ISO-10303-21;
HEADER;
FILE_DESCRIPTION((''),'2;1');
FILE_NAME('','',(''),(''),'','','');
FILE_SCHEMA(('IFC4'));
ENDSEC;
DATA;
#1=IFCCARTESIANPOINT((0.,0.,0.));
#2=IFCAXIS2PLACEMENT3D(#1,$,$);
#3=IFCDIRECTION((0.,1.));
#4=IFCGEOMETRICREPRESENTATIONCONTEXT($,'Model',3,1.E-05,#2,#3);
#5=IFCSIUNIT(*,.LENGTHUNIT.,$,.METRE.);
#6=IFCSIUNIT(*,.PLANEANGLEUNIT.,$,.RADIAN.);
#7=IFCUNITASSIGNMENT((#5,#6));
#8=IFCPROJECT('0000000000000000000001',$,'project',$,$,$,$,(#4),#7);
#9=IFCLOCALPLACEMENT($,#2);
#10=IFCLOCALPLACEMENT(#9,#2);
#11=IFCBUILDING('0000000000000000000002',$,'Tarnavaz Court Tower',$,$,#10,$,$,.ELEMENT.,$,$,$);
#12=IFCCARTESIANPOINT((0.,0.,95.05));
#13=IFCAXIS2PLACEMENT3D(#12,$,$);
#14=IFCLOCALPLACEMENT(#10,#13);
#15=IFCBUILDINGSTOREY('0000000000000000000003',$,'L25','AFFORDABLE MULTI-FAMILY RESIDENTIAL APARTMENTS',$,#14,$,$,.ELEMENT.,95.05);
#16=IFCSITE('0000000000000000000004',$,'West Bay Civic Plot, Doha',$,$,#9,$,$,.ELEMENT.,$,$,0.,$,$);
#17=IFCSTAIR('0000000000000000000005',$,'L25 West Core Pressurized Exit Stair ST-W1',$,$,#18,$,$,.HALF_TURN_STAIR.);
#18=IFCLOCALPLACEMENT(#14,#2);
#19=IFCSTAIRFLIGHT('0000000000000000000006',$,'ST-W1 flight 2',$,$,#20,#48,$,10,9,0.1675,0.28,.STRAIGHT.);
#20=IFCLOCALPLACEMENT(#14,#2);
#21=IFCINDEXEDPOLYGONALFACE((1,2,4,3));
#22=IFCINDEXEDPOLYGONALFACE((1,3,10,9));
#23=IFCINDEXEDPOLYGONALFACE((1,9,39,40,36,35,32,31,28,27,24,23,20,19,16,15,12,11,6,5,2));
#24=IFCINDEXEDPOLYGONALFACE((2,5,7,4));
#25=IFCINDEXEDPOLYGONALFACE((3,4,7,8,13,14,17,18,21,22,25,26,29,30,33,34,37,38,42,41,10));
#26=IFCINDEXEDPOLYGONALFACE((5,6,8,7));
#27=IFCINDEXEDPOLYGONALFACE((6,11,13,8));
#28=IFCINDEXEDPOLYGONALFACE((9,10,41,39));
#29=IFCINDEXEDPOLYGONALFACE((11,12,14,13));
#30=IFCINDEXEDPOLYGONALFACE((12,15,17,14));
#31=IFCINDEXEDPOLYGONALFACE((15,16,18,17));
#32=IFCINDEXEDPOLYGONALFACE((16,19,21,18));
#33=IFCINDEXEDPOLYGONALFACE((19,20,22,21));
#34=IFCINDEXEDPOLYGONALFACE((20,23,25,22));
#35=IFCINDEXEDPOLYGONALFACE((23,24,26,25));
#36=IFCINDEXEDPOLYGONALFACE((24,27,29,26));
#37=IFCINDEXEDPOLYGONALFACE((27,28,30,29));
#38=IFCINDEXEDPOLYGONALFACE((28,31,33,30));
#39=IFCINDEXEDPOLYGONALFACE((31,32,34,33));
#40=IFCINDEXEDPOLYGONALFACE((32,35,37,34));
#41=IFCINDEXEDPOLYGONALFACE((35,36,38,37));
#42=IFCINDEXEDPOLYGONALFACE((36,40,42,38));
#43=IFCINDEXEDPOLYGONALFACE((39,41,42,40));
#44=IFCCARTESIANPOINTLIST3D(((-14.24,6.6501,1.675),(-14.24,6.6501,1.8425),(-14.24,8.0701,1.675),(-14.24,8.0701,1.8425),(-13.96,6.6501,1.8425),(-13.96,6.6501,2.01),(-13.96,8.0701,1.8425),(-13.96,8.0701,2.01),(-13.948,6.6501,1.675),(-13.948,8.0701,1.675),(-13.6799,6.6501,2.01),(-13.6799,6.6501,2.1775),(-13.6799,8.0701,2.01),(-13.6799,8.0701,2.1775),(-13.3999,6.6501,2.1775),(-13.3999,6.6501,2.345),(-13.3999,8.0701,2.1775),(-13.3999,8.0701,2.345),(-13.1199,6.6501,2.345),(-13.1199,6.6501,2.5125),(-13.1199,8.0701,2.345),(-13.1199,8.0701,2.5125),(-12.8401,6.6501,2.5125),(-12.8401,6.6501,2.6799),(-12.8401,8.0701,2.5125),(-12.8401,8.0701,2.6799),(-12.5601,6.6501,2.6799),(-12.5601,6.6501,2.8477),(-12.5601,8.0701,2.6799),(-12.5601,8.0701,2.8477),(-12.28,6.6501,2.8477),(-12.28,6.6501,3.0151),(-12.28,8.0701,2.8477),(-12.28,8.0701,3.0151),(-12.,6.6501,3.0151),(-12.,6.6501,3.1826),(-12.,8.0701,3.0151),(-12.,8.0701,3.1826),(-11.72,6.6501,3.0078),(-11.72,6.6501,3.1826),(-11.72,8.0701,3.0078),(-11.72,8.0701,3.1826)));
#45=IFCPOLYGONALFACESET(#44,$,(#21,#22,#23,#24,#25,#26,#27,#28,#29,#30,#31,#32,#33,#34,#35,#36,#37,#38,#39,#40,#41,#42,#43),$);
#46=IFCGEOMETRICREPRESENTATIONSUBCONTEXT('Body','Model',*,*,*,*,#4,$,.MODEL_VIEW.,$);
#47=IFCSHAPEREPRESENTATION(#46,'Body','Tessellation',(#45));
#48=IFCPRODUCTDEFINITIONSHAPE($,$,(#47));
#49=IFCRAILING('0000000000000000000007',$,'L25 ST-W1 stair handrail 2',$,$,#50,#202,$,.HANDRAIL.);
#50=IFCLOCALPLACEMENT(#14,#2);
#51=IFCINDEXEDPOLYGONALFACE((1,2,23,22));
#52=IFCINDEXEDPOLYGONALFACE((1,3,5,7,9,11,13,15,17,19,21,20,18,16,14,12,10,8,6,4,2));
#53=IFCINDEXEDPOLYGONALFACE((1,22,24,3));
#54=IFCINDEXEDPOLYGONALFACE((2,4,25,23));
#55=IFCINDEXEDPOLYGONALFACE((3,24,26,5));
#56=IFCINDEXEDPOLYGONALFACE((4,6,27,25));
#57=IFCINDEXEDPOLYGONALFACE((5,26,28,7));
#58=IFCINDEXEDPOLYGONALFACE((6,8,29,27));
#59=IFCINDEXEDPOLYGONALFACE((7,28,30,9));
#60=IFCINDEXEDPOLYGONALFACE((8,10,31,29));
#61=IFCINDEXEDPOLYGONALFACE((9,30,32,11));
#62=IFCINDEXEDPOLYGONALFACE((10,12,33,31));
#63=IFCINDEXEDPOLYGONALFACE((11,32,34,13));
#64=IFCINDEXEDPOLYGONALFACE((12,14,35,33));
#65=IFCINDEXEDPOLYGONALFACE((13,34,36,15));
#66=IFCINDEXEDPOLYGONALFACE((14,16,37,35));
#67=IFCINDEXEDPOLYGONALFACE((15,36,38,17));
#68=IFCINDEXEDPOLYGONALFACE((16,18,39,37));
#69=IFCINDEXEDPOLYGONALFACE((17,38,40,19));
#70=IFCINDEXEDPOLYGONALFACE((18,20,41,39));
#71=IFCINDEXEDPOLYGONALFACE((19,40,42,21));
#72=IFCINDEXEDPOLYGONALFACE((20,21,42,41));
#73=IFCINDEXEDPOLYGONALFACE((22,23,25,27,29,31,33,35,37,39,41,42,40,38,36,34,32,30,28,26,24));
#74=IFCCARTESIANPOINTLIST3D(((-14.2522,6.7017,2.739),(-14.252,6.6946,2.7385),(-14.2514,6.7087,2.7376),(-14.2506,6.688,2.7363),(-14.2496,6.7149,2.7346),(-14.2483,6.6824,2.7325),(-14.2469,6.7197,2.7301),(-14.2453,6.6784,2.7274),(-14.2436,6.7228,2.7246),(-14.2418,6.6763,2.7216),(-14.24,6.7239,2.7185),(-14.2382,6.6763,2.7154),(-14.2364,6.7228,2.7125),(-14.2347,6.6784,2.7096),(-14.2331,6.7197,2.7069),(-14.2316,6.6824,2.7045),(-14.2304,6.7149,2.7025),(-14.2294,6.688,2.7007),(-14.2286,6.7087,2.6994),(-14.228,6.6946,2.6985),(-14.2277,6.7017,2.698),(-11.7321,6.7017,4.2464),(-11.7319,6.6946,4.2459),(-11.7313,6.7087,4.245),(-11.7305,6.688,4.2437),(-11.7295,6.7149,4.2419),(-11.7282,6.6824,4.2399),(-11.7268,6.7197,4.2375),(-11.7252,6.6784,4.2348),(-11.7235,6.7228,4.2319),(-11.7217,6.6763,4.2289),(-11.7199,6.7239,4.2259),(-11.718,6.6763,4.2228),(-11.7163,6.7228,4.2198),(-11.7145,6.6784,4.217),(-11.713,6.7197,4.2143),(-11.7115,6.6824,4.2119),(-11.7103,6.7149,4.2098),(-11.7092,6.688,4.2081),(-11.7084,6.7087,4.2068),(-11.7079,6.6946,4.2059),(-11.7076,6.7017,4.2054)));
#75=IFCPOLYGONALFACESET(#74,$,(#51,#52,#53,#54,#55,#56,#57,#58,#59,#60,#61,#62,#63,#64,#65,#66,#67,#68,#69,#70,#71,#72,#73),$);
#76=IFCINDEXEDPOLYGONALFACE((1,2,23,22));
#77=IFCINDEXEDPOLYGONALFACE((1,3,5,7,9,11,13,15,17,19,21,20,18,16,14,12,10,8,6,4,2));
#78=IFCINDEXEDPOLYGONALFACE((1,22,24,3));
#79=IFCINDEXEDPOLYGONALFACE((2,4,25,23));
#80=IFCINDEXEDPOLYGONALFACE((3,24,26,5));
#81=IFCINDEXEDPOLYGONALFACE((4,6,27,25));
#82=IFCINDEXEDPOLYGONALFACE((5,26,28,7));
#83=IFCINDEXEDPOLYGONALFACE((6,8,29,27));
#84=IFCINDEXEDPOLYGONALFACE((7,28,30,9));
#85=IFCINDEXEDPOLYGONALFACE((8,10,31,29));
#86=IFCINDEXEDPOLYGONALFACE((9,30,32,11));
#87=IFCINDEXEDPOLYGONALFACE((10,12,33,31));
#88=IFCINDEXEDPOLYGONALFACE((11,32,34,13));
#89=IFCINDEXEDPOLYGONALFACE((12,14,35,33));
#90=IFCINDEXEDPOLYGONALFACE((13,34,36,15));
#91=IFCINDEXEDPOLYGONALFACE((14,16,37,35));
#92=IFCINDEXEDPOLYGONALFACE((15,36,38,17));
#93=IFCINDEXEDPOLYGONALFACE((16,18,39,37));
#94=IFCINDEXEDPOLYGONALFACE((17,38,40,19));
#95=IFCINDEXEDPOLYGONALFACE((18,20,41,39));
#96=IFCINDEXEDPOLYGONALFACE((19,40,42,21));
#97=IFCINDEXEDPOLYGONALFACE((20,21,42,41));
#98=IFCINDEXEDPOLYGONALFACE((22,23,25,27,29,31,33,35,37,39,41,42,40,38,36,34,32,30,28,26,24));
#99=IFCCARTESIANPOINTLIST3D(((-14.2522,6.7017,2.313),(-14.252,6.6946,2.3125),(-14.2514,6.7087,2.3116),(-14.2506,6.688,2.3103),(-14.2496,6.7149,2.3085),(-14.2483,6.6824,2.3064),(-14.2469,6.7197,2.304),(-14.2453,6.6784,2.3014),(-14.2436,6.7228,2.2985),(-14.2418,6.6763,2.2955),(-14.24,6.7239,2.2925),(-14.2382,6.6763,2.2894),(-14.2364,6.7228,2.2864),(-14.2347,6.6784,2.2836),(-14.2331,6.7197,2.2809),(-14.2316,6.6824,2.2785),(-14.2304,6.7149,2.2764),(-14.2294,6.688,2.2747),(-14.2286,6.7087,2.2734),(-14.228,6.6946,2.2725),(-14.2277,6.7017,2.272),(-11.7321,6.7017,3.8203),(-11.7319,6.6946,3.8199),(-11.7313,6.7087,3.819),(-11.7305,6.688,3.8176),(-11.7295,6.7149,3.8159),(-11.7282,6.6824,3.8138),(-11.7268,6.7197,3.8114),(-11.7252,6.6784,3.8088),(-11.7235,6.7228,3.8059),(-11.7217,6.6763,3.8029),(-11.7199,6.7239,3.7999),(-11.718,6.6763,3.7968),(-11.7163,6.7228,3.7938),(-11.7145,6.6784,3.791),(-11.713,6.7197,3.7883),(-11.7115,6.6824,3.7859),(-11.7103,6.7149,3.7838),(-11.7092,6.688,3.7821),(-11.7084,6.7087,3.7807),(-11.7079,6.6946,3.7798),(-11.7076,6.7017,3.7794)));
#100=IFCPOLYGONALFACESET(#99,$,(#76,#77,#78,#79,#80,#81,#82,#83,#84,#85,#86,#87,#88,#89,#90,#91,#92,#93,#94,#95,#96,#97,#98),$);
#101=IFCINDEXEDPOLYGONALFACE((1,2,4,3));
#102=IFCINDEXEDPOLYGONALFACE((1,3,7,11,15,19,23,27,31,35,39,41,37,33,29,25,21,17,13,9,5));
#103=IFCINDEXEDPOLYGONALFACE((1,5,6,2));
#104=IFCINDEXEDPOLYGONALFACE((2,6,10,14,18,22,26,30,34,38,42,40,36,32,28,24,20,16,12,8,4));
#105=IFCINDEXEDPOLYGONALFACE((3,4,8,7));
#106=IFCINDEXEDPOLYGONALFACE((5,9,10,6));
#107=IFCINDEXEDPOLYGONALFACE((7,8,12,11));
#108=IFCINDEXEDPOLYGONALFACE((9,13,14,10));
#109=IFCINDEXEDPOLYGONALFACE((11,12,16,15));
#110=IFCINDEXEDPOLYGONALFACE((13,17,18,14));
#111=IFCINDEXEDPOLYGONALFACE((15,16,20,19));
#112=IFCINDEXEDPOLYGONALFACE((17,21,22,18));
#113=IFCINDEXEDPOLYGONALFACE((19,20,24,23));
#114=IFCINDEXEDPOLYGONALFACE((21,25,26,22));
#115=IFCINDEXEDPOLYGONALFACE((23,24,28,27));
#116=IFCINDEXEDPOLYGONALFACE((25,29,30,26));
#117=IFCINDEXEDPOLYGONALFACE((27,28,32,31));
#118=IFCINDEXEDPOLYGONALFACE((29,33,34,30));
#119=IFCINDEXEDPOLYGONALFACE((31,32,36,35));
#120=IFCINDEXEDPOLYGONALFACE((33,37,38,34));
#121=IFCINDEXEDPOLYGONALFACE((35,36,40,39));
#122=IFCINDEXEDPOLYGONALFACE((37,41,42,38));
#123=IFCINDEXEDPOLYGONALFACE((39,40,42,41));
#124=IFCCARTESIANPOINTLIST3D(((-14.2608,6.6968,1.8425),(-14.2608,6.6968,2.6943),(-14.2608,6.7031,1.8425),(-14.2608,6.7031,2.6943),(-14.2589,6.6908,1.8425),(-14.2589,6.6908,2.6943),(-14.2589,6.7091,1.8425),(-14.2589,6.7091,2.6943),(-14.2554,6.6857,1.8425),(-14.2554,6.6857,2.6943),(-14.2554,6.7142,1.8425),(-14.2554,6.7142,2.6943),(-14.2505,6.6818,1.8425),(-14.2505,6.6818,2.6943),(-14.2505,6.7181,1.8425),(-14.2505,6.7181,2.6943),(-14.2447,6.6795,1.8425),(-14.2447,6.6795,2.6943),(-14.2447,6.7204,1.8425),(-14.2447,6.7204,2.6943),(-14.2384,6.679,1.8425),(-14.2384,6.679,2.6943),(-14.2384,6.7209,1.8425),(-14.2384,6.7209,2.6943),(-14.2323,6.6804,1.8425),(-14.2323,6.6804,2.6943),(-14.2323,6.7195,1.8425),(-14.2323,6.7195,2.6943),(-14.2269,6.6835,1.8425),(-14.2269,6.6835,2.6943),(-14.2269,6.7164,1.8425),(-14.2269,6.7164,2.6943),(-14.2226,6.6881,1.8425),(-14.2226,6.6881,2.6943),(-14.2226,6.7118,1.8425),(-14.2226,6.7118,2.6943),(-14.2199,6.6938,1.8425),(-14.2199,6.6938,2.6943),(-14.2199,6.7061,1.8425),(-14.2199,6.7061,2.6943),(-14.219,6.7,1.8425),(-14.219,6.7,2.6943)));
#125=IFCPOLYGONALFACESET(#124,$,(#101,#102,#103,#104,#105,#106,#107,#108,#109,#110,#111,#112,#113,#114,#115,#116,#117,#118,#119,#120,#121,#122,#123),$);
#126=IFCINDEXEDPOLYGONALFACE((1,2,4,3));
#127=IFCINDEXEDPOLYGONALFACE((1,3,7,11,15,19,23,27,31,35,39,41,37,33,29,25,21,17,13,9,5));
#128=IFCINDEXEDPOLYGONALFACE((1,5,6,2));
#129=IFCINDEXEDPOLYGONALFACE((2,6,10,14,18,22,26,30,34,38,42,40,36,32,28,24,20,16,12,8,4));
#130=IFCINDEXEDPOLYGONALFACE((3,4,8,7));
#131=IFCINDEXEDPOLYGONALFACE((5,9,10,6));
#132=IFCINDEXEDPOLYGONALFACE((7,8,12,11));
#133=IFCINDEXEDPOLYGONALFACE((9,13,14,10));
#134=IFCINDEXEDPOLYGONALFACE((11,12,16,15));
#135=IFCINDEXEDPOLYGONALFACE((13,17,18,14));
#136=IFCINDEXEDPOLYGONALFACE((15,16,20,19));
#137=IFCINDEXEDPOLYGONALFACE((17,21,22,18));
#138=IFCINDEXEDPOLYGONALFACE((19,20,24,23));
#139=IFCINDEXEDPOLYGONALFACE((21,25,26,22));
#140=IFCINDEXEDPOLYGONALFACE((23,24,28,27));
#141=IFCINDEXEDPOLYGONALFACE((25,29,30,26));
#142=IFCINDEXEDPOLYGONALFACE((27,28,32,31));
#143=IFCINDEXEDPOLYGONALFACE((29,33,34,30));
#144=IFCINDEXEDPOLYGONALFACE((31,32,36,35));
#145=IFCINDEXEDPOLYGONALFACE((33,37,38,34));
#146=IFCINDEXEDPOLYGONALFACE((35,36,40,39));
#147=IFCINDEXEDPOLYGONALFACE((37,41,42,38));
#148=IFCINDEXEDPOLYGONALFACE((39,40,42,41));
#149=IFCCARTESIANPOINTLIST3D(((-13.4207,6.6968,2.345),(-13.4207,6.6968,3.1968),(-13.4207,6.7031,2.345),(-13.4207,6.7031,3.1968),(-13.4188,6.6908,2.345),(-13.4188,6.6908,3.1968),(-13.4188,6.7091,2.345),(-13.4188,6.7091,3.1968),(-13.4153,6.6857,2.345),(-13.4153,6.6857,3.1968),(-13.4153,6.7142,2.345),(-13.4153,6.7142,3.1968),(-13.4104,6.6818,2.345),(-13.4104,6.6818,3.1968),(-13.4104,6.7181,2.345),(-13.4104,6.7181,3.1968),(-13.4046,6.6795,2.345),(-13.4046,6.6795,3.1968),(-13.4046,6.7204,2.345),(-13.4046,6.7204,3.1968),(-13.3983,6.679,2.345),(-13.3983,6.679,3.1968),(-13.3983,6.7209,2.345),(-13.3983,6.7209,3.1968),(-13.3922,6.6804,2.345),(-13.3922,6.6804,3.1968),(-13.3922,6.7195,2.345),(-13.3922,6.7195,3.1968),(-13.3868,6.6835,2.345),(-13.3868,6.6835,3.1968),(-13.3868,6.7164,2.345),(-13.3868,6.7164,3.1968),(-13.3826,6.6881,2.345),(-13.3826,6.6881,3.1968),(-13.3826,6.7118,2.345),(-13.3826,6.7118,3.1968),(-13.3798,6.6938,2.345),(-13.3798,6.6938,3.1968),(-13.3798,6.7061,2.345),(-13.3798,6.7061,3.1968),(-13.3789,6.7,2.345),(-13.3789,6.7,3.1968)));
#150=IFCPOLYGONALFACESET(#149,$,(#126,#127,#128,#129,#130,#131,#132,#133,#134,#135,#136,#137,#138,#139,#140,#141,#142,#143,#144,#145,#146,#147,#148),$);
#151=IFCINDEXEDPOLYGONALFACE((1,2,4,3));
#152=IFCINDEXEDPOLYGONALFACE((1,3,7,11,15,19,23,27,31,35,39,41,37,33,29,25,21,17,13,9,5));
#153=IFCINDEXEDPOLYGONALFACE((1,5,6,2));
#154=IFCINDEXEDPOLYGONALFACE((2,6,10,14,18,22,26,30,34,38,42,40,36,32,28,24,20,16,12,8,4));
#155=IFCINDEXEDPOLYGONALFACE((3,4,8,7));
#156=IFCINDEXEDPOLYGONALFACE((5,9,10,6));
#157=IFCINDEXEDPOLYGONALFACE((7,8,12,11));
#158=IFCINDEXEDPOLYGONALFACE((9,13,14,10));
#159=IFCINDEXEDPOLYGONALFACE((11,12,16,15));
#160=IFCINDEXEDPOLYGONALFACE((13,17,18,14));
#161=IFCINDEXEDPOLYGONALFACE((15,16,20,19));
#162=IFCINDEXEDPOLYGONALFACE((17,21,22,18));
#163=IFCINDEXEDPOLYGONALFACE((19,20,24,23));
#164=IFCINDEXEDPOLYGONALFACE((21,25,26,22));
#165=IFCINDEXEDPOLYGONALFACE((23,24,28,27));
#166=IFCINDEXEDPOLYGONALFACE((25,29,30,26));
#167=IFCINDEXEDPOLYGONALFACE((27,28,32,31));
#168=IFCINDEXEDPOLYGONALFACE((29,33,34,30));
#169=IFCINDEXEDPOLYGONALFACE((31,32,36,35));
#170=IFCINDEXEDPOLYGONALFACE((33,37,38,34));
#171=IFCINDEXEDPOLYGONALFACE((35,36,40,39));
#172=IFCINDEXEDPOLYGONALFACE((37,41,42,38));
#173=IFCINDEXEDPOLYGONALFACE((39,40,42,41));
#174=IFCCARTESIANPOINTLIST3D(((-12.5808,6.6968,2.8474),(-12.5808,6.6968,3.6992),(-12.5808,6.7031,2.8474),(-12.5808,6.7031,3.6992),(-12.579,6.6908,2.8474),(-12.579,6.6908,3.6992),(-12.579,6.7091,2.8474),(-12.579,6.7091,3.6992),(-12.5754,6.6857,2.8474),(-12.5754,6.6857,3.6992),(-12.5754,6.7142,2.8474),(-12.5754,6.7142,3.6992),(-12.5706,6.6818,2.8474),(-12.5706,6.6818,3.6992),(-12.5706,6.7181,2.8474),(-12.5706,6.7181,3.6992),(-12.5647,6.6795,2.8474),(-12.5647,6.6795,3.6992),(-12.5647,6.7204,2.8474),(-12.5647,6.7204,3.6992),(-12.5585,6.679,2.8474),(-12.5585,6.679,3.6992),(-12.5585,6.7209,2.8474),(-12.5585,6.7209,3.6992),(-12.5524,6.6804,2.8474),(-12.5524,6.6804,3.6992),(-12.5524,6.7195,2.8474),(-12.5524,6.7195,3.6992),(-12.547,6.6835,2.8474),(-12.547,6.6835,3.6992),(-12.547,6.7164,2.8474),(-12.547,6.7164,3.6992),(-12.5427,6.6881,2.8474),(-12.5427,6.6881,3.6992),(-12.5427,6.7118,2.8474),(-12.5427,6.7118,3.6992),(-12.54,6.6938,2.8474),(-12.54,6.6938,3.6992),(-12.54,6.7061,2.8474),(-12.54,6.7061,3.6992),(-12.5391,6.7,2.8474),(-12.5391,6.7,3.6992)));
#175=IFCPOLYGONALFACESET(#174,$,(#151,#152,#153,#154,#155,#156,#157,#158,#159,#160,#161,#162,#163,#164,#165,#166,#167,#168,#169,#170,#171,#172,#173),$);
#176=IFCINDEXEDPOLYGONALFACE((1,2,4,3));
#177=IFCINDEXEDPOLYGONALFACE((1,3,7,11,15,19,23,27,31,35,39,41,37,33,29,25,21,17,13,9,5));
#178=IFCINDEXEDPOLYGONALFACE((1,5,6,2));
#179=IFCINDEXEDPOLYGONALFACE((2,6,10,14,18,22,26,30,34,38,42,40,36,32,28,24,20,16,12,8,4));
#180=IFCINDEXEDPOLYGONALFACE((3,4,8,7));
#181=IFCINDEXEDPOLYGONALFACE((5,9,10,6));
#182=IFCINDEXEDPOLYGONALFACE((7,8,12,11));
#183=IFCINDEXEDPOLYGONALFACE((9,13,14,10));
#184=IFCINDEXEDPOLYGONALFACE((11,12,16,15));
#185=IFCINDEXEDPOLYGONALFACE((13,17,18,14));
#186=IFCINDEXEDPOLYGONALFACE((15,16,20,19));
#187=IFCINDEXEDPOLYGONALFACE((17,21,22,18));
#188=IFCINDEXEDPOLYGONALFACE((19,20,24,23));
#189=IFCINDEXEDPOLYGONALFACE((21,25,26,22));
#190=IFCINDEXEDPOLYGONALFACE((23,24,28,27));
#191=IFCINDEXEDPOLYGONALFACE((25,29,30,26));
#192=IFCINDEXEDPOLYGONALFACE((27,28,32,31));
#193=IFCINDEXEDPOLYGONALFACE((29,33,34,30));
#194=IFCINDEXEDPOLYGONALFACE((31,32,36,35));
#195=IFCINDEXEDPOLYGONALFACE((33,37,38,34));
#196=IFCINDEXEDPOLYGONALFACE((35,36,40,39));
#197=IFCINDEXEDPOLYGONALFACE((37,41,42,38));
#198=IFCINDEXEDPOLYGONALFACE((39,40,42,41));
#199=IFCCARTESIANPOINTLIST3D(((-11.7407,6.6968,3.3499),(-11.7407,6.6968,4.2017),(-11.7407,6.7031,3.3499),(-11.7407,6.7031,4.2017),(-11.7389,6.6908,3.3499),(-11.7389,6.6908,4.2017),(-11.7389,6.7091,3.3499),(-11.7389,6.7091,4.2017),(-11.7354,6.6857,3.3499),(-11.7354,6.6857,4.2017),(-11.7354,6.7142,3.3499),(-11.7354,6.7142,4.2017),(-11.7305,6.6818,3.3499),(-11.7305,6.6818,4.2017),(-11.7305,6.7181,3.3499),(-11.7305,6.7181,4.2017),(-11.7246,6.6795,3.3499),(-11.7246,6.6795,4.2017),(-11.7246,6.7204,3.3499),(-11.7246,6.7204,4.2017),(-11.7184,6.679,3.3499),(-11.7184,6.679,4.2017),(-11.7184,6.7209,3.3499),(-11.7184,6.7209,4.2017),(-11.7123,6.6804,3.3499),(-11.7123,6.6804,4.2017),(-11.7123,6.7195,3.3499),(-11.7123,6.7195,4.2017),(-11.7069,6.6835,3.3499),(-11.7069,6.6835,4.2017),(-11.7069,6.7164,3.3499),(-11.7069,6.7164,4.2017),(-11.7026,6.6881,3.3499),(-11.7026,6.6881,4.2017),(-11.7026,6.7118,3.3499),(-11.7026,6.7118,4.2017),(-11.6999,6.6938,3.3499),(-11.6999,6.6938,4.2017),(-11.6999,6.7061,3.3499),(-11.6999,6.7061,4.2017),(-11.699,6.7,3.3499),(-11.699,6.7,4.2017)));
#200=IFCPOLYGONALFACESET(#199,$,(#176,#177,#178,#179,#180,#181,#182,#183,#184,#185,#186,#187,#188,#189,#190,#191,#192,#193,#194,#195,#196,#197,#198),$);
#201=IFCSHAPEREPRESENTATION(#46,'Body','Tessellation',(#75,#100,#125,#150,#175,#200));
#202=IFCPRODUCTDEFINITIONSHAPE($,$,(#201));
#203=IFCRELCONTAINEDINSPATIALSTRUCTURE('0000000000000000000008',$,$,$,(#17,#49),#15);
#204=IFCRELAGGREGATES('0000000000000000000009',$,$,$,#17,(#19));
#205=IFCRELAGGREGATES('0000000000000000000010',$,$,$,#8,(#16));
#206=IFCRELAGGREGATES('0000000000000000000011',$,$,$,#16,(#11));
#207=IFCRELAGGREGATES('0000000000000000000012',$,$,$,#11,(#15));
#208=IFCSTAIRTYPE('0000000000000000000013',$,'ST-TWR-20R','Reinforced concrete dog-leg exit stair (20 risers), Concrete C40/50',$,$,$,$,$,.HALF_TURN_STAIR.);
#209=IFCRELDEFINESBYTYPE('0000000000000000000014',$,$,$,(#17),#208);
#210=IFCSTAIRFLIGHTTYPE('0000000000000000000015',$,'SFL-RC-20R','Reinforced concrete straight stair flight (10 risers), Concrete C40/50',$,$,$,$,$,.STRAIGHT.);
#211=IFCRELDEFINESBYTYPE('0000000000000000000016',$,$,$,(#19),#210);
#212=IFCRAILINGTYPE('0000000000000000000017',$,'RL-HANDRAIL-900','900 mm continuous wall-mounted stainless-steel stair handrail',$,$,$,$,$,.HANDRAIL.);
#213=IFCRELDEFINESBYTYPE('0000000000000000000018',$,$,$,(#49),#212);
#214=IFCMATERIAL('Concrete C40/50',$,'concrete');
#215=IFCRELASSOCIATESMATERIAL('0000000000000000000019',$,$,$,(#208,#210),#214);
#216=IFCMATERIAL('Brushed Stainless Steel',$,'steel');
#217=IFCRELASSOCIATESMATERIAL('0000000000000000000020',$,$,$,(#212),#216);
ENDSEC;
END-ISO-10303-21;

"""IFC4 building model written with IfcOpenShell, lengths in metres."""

from ifc_helpers import new_model, si_unit, direction, frame, origin, origin_2d, place, context, subcontext, project, spatial, polyline, circle, outline, extrude, material, type_object, element, aggregate, save


model = new_model("IFC4")

# Units and contexts
model_context = context("Model", 3, precision=1e-05, world=origin(), true_north=direction((0.0, 1.0)))
body_context = subcontext(model_context, "Body", "Model", "MODEL_VIEW")
ifc_project = project(units=[si_unit("LENGTHUNIT", "METRE"), si_unit("PLANEANGLEUNIT", "RADIAN")], contexts=[model_context])

# Site, building, storey
site_placement = place(None, origin())
site = spatial("IfcSite", under=ifc_project, at=site_placement, Name="West Bay Civic Plot, Doha", CompositionType="ELEMENT", RefElevation=0.0)
building_placement = place(site_placement, origin())
building = spatial("IfcBuilding", under=site, at=building_placement, Name="Tarnavaz Court Tower", CompositionType="ELEMENT")
storey_placement = place(building_placement, frame((0.0, 0.0, 95.05)))
storey = spatial("IfcBuildingStorey", under=building, at=storey_placement, Name="L25", Description="AFFORDABLE MULTI-FAMILY RESIDENTIAL APARTMENTS", CompositionType="ELEMENT", Elevation=95.05)

# Stair, stair flight
ifc_material_1 = material(Name="Concrete C40/50", Category="concrete")
stair_type = type_object("IfcStairType", Name="ST-TWR-20R", Description="Reinforced concrete dog-leg exit stair (20 risers), Concrete C40/50", PredefinedType="HALF_TURN_STAIR", material=ifc_material_1)
stair_placement = place(storey_placement, origin())
stair = element("IfcStair", 1, at=stair_placement, inside=storey, type_object=stair_type, Name="L25 West Core Pressurized Exit Stair ST-W1", PredefinedType="HALF_TURN_STAIR")
stair_flight_type = type_object("IfcStairFlightType", Name="SFL-RC-20R", Description="Reinforced concrete straight stair flight (10 risers), Concrete C40/50", PredefinedType="STRAIGHT", material=ifc_material_1)
stair_flight_placement = place(storey_placement, frame((-14.24, 7.3601, 1.675), z_axis=(0.0, 0.0, 1.0), x_axis=(1.0, 0.0, 0.0)))
stair_flight = element("IfcStairFlight", 2, at=stair_flight_placement, type_object=stair_flight_type, Name="ST-W1 flight 2", NumberOfRisers=10, NumberOfTreads=9, PredefinedType="STRAIGHT", RiserHeight=0.1675, TreadLength=0.28, context=body_context, shape_type="SweptSolid", body=[
    extrude(outline(polyline([(0.0, 0.0), (0.0, 0.1675), (0.28, 0.1675), (0.28, 0.335), (0.5601, 0.335), (0.5601, 0.5024), (0.8401, 0.5024), (0.8401, 0.6699), (1.1201, 0.6699), (1.1201, 0.8374), (1.3999, 0.8374), (1.3999, 1.0049), (1.6799, 1.0049), (1.6799, 1.1726), (1.96, 1.1726), (1.96, 1.3401), (2.24, 1.3401), (2.24, 1.5076), (2.52, 1.5076), (2.52, 1.675), (2.52, 1.3328), (0.292, 0.0), (0.0, 0.0)])), frame((0.0, 0.71, 0.0), z_axis=(0.0, -1.0, 0.0), x_axis=(1.0, 0.0, 0.0)), (0.0, 0.0, 1.0), 1.4199),
])
aggregate(stair, [stair_flight])

# Railing
ifc_material_2 = material(Name="Brushed Stainless Steel", Category="steel")
railing_type_1 = type_object("IfcRailingType", Name="RL-HANDRAIL-900", Description="900 mm continuous wall-mounted stainless-steel stair handrail", PredefinedType="HANDRAIL", material=ifc_material_2)
railing_1_placement = place(storey_placement, frame((-14.24, 6.7, 1.8425)))
element("IfcRailing", 3, at=railing_1_placement, inside=storey, type_object=railing_type_1, Name="L25 ST-W1 stair handrail 2", PredefinedType="HANDRAIL", context=body_context, shape_type="SweptSolid", body=[
    extrude(circle(Radius=0.0239, at=origin_2d()), frame((0.0, 0.0, 0.876), z_axis=(0.858196, 0.0, 0.513321), x_axis=(0.0, 1.0, 0.0)), (0.0, 0.0, 1.0), 2.9365),
    extrude(circle(Radius=0.0239, at=origin_2d()), frame((0.0, 0.0, 0.45), z_axis=(0.858196, 0.0, 0.513321), x_axis=(0.0, 1.0, 0.0)), (0.0, 0.0, 1.0), 2.9365),
    extrude(circle(Radius=0.021, at=origin_2d()), origin(), (0.0, 0.0, 1.0), 0.8518),
    extrude(circle(Radius=0.021, at=origin_2d()), frame((0.8401, 0.0, 0.5024)), (0.0, 0.0, 1.0), 0.8518),
    extrude(circle(Radius=0.021, at=origin_2d()), frame((1.6799, 0.0, 1.0049)), (0.0, 0.0, 1.0), 0.8518),
    extrude(circle(Radius=0.021, at=origin_2d()), frame((2.52, 0.0, 1.5073)), (0.0, 0.0, 1.0), 0.8518),
])

save(model, "model.ifc")
